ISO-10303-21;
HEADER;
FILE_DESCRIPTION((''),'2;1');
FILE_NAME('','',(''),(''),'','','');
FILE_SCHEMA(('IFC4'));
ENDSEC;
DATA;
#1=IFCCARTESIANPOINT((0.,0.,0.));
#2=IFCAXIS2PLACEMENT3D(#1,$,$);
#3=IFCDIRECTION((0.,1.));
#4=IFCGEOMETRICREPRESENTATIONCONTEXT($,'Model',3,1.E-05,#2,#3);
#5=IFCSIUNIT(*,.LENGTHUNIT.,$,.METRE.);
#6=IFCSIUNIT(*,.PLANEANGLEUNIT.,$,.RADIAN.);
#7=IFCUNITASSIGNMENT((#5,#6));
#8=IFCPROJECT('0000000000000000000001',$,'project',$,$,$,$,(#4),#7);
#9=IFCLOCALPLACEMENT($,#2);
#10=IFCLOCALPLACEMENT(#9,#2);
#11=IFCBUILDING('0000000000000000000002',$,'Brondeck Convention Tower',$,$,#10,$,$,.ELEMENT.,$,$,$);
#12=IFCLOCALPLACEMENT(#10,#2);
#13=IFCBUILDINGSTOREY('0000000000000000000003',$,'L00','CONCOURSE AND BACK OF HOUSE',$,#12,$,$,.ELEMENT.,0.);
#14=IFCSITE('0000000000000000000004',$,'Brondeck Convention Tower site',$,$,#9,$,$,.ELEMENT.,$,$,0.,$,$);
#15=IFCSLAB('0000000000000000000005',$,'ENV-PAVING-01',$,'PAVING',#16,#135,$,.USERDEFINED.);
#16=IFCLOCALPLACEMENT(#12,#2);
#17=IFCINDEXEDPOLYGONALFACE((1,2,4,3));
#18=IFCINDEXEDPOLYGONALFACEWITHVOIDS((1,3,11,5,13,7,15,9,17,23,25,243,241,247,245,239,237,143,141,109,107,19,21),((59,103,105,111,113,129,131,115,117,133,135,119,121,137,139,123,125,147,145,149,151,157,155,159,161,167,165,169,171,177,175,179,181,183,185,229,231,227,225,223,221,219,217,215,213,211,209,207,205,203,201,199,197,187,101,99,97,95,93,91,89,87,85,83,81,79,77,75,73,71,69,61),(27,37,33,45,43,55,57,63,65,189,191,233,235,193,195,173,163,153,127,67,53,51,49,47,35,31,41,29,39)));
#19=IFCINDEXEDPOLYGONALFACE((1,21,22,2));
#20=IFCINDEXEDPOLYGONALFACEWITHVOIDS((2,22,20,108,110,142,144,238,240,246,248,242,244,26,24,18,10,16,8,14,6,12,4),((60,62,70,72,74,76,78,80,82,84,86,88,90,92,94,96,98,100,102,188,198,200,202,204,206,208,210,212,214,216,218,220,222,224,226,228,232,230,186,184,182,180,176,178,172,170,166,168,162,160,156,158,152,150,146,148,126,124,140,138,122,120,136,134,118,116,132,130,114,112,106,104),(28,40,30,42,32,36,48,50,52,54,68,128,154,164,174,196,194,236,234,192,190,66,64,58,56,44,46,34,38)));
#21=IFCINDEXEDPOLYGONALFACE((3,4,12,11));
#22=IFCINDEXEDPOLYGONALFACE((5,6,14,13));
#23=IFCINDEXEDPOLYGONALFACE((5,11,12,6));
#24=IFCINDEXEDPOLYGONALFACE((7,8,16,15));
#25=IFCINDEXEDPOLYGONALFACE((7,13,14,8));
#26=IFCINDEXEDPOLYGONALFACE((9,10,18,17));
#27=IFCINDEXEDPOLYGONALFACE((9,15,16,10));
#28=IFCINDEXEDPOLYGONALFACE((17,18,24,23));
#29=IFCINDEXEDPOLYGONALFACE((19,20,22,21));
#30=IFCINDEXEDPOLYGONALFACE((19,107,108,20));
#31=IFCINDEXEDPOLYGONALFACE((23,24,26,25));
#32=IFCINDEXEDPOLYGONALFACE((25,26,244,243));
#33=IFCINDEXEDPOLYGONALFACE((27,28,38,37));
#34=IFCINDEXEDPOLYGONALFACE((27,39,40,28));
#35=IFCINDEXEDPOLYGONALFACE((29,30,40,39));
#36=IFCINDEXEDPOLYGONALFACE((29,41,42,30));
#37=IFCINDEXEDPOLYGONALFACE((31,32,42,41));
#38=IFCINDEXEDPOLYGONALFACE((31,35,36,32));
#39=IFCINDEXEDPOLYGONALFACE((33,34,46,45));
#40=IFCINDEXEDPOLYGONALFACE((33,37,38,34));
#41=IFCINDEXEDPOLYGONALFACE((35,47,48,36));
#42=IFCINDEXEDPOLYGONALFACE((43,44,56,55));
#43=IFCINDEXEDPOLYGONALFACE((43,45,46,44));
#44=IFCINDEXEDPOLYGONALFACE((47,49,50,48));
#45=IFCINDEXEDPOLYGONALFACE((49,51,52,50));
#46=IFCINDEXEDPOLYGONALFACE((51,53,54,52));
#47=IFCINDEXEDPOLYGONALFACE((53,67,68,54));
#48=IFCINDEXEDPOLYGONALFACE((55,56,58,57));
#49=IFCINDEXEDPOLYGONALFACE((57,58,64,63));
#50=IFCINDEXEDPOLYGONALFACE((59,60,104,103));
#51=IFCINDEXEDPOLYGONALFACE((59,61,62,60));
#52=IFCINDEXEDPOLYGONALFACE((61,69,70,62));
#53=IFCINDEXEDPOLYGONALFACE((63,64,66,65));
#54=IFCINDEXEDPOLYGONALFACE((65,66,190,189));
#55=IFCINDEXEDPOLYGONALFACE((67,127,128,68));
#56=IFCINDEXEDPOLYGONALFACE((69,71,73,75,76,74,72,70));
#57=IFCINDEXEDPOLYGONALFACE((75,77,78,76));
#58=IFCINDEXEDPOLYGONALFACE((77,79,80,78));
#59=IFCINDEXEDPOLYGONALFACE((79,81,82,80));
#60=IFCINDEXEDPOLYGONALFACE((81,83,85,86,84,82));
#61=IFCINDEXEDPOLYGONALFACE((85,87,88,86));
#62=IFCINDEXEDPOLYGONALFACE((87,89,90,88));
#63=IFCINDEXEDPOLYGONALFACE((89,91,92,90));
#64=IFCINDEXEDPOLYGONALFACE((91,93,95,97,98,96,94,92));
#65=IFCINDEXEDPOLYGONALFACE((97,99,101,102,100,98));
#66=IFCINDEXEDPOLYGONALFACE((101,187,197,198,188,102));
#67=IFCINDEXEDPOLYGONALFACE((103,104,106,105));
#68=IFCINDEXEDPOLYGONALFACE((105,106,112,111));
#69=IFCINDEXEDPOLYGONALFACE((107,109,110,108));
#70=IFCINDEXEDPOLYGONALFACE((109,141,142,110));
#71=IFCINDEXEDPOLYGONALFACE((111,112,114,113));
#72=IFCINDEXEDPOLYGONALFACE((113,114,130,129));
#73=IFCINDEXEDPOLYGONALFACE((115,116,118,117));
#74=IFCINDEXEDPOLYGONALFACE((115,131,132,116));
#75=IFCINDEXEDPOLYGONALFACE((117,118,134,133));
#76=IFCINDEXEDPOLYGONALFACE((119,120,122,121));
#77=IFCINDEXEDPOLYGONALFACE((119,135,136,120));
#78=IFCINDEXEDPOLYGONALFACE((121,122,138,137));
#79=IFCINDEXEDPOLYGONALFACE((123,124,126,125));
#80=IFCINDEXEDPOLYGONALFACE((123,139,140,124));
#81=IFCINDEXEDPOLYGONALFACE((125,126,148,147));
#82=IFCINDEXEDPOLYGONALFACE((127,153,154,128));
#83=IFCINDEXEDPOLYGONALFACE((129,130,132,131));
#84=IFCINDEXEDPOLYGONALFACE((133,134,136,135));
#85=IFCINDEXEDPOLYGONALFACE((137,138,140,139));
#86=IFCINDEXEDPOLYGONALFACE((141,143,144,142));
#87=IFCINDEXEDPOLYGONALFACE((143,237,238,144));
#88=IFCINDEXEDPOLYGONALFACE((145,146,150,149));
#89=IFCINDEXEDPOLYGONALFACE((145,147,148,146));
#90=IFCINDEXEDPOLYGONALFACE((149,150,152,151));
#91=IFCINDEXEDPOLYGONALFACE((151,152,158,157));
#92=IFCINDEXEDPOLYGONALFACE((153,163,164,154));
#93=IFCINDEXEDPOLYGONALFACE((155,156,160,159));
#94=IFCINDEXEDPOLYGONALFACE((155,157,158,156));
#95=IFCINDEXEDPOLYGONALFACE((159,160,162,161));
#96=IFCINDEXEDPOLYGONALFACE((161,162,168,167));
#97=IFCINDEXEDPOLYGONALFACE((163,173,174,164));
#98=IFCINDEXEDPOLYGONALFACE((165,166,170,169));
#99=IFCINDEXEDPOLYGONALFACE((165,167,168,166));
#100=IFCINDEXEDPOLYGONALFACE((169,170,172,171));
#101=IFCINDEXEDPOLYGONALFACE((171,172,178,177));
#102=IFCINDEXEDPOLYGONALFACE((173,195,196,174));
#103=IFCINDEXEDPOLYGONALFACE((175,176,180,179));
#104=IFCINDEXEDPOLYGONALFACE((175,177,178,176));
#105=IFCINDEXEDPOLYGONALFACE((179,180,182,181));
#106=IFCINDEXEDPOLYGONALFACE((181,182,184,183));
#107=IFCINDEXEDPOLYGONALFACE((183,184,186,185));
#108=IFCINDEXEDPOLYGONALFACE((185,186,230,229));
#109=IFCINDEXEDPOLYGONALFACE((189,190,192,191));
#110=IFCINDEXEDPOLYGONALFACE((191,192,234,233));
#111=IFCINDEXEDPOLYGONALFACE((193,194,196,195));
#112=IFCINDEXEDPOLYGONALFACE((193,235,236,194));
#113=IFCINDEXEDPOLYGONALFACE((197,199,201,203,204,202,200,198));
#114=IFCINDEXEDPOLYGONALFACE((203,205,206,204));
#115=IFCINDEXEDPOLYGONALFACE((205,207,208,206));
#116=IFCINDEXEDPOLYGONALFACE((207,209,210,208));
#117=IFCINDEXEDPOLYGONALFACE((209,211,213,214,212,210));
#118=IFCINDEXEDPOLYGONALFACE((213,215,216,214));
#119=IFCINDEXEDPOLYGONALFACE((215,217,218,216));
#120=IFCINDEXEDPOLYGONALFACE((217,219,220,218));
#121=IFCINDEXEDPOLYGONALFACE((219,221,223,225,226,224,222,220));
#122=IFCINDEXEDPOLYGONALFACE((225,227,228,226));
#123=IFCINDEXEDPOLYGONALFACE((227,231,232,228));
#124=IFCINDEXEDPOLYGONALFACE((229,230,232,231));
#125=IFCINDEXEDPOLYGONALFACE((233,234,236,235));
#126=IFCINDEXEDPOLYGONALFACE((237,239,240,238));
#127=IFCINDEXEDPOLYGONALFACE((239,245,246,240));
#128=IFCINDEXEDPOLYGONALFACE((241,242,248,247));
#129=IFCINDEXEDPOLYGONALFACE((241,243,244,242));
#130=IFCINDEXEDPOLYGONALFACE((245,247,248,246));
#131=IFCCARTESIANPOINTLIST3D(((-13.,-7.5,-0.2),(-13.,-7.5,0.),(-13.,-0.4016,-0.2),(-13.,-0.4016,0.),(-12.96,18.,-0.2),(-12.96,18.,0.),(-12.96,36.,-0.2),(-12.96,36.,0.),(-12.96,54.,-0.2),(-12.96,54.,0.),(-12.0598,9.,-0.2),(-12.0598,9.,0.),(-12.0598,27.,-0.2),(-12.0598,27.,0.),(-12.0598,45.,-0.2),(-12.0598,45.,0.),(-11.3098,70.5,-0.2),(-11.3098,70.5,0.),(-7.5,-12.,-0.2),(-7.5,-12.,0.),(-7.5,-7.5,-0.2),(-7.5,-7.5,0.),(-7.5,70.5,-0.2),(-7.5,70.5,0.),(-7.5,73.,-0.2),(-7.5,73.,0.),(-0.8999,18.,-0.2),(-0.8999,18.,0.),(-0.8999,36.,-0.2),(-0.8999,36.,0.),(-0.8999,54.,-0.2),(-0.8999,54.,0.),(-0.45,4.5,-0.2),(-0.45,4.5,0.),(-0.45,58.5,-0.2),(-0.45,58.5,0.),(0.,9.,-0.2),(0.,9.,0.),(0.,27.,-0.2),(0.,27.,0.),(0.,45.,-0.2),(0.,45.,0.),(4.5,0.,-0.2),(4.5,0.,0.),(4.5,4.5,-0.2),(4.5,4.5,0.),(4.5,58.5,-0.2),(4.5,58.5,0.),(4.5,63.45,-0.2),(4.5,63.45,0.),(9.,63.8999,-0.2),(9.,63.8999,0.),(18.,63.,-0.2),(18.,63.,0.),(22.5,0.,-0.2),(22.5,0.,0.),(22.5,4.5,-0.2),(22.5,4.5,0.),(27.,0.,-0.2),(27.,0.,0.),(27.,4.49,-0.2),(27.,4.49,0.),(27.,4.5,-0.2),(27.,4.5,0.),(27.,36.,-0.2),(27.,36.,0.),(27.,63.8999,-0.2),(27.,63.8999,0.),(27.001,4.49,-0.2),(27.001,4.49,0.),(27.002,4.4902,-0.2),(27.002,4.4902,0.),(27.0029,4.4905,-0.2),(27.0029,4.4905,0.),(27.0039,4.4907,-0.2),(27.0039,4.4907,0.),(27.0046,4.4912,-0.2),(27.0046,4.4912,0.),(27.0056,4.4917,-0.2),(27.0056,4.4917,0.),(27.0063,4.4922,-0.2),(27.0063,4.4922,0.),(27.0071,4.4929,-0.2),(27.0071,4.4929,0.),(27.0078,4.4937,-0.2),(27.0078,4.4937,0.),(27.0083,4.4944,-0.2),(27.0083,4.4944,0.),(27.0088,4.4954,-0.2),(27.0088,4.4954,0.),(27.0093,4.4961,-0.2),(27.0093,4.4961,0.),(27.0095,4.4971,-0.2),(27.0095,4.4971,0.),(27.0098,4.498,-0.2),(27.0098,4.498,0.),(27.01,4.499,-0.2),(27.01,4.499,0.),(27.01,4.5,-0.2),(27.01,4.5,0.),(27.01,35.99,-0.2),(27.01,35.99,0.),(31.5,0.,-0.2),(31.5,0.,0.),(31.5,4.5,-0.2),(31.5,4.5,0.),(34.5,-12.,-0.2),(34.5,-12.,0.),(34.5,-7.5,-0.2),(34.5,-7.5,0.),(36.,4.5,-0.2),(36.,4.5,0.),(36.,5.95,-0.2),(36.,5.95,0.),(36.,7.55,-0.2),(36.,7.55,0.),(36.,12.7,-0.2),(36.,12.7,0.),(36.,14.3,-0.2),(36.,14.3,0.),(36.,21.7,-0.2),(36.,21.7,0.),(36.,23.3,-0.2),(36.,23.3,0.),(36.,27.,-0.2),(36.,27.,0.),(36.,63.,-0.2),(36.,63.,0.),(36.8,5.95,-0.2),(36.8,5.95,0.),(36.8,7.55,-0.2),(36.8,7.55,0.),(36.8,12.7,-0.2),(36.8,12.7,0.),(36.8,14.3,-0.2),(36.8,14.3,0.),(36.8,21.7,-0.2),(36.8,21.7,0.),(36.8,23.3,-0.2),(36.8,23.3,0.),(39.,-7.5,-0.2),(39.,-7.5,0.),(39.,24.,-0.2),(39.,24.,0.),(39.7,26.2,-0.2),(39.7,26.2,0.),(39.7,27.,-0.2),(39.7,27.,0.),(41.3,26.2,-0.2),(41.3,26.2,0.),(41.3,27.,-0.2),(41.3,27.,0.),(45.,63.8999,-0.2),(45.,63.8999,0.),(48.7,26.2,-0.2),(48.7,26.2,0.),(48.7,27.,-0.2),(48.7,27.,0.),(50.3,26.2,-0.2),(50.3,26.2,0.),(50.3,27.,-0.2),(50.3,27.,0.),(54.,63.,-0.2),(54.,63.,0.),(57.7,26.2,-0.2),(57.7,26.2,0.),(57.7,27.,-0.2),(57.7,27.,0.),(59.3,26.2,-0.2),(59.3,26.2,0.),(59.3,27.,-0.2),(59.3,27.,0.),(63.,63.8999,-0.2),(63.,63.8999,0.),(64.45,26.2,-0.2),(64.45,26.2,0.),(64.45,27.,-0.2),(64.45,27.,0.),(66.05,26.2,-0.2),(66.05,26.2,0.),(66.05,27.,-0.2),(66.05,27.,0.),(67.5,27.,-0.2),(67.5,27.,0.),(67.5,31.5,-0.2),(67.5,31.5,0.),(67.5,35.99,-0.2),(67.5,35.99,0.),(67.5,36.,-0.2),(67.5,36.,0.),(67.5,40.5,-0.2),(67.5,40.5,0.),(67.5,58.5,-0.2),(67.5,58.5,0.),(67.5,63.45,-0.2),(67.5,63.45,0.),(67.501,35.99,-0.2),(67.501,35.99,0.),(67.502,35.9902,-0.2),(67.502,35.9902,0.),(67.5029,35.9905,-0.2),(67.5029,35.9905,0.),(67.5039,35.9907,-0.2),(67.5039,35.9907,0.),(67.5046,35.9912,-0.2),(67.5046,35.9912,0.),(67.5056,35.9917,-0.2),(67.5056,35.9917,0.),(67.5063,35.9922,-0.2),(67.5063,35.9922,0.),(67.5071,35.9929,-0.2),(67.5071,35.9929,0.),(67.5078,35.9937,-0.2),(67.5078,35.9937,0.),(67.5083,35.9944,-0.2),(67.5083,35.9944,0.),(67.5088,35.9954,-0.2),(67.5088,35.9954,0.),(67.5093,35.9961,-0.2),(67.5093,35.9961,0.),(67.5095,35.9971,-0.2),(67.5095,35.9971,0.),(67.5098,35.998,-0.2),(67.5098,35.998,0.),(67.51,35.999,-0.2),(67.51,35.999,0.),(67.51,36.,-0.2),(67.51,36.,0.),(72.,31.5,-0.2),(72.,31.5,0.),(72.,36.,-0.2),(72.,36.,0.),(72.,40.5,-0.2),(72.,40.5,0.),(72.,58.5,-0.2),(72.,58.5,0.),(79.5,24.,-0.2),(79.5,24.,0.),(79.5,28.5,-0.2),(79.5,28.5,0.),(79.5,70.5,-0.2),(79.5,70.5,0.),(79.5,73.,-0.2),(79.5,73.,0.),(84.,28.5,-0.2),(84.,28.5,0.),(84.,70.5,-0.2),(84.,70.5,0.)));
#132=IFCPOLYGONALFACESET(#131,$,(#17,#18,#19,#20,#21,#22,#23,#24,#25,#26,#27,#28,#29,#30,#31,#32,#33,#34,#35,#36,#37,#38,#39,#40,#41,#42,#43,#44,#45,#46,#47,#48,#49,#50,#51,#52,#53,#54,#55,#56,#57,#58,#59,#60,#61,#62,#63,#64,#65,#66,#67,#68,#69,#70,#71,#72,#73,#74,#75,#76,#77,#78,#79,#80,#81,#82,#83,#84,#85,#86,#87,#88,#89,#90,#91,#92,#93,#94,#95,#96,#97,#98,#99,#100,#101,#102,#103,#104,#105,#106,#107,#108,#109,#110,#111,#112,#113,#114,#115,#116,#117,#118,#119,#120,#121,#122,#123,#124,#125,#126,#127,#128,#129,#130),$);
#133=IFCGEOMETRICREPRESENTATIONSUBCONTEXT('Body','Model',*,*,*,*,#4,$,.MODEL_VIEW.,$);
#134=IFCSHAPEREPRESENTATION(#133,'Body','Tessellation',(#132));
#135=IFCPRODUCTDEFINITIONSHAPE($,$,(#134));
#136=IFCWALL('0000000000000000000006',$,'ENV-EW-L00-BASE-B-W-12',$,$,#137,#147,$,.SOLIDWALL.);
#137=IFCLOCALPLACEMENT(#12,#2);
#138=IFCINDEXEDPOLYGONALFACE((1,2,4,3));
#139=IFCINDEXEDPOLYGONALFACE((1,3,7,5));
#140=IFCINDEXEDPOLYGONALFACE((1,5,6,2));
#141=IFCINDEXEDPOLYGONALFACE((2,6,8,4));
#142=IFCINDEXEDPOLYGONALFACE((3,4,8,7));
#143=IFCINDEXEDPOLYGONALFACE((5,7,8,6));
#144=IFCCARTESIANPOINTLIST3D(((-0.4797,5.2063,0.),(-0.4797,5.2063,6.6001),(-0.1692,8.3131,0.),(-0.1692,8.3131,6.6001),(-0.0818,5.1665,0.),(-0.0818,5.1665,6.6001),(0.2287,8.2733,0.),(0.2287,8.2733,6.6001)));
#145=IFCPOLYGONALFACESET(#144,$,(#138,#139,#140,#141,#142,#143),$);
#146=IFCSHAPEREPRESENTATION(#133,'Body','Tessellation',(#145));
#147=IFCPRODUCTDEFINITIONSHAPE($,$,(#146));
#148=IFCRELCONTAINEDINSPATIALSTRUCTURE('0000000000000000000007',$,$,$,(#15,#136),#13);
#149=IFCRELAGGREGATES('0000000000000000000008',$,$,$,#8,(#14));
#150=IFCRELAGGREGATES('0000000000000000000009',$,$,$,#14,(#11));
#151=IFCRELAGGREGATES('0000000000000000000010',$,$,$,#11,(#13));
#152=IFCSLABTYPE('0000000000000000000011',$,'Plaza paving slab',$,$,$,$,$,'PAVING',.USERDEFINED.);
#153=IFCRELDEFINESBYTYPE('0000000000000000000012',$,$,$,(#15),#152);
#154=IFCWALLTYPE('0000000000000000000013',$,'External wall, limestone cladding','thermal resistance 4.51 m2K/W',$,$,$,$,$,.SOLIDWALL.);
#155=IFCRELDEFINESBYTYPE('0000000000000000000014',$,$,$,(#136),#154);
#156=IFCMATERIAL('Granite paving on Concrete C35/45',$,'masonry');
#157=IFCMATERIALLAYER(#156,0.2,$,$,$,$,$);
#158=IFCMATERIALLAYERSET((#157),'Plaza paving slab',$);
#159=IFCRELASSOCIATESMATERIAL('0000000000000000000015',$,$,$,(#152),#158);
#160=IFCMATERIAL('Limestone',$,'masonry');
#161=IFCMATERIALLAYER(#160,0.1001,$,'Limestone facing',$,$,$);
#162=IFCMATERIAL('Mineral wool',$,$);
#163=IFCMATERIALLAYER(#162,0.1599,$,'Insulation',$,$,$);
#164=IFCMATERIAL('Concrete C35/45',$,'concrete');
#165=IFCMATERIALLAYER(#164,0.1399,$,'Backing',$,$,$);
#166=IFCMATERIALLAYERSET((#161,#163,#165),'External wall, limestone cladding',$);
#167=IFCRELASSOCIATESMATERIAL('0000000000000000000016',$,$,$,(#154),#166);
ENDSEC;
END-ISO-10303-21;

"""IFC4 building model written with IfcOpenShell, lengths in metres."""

from ifc_helpers import new_model, si_unit, direction, frame, frame_2d, origin, place, context, subcontext, project, spatial, polyline, rectangle, outline, extrude, material, layer, layer_set, type_object, element, save


model = new_model("IFC4")

# Units and contexts
model_context = context("Model", 3, precision=1e-05, world=origin(), true_north=direction((0.0, 1.0)))
body_context = subcontext(model_context, "Body", "Model", "MODEL_VIEW")
ifc_project = project(units=[si_unit("LENGTHUNIT", "METRE"), si_unit("PLANEANGLEUNIT", "RADIAN")], contexts=[model_context])

# Site, building, storey
site_placement = place(None, origin())
site = spatial("IfcSite", under=ifc_project, at=site_placement, Name="Brondeck Convention Tower site", CompositionType="ELEMENT", RefElevation=0.0)
building_placement = place(site_placement, origin())
building = spatial("IfcBuilding", under=site, at=building_placement, Name="Brondeck Convention Tower", CompositionType="ELEMENT")
storey_placement = place(building_placement, origin())
storey = spatial("IfcBuildingStorey", under=building, at=storey_placement, Name="L00", Description="CONCOURSE AND BACK OF HOUSE", CompositionType="ELEMENT", Elevation=0.0)

# Slab
ifc_material_1 = material(Name="Granite paving on Concrete C35/45", Category="masonry")
ifc_layer_1 = layer(ifc_material_1, 0.2)
ifc_layer_set_1 = layer_set([ifc_layer_1], Name="Plaza paving slab")
slab_type_1 = type_object("IfcSlabType", Name="Plaza paving slab", ElementType="PAVING", PredefinedType="USERDEFINED", material=ifc_layer_set_1)
slab_1_placement = place(storey_placement, frame((0.0, 0.0, -0.2)))
element("IfcSlab", 1, at=slab_1_placement, inside=storey, type_object=slab_type_1, Name="ENV-PAVING-01", ObjectType="PAVING", PredefinedType="USERDEFINED", context=body_context, shape_type="SweptSolid", body=[
    extrude(outline(polyline([(-12.0598, 9.0), (-13.0, -0.4016), (-13.0, -7.5), (-7.5, -7.5), (-7.5, -12.0), (34.5, -12.0), (34.5, -7.5), (39.0, -7.5), (39.0, 24.0), (79.5, 24.0), (79.5, 28.5), (84.0, 28.5), (84.0, 70.5), (79.5, 70.5), (79.5, 73.0), (-7.5, 73.0), (-7.5, 70.5), (-11.3098, 70.5), (-12.96, 54.0), (-12.0598, 45.0), (-12.96, 36.0), (-12.0598, 27.0), (-12.96, 18.0), (-12.0598, 9.0)]), holes=[polyline([(27.0, 36.0), (27.0, 4.5), (22.5, 4.5), (22.5, 0.0), (4.5, 0.0), (4.5, 4.5), (-0.45, 4.5), (0.0, 9.0), (-0.8999, 18.0), (0.0, 27.0), (-0.8999, 36.0), (0.0, 45.0), (-0.8999, 54.0), (-0.45, 58.5), (4.5, 58.5), (4.5, 63.45), (9.0, 63.8999), (18.0, 63.0), (27.0, 63.8999), (36.0, 63.0), (45.0, 63.8999), (54.0, 63.0), (63.0, 63.8999), (67.5, 63.45), (67.5, 58.5), (72.0, 58.5), (72.0, 40.5), (67.5, 40.5), (67.5, 36.0), (27.0, 36.0)]), polyline([(36.8, 5.95), (36.0, 5.95), (36.0, 4.5), (31.5, 4.5), (31.5, 0.0), (27.0, 0.0), (27.0, 4.49), (27.001, 4.49), (27.002, 4.4902), (27.0029, 4.4905), (27.0039, 4.4907), (27.0046, 4.4912), (27.0056, 4.4917), (27.0063, 4.4922), (27.0071, 4.4929), (27.0078, 4.4937), (27.0083, 4.4944), (27.0088, 4.4954), (27.0093, 4.4961), (27.0095, 4.4971), (27.0098, 4.498), (27.01, 4.499), (27.01, 4.5), (27.01, 35.99), (67.5, 35.99), (67.501, 35.99), (67.502, 35.9902), (67.5029, 35.9905), (67.5039, 35.9907), (67.5046, 35.9912), (67.5056, 35.9917), (67.5063, 35.9922), (67.5071, 35.9929), (67.5078, 35.9937), (67.5083, 35.9944), (67.5088, 35.9954), (67.5093, 35.9961), (67.5095, 35.9971), (67.5098, 35.998), (67.51, 35.999), (67.51, 36.0), (72.0, 36.0), (72.0, 31.5), (67.5, 31.5), (67.5, 27.0), (66.05, 27.0), (66.05, 26.2), (64.45, 26.2), (64.45, 27.0), (59.3, 27.0), (59.3, 26.2), (57.7, 26.2), (57.7, 27.0), (50.3, 27.0), (50.3, 26.2), (48.7, 26.2), (48.7, 27.0), (41.3, 27.0), (41.3, 26.2), (39.7, 26.2), (39.7, 27.0), (36.0, 27.0), (36.0, 23.3), (36.8, 23.3), (36.8, 21.7), (36.0, 21.7), (36.0, 14.3), (36.8, 14.3), (36.8, 12.7), (36.0, 12.7), (36.0, 7.55), (36.8, 7.55), (36.8, 5.95)])]), origin(), (0.0, 0.0, 1.0), 0.2),
])

# Wall
ifc_material_2 = material(Name="Limestone", Category="masonry")
ifc_layer_2 = layer(ifc_material_2, 0.1001, Name="Limestone facing")
ifc_material_3 = material(Name="Mineral wool")
ifc_layer_3 = layer(ifc_material_3, 0.1599, Name="Insulation")
ifc_material_4 = material(Name="Concrete C35/45", Category="concrete")
ifc_layer_4 = layer(ifc_material_4, 0.1399, Name="Backing")
ifc_layer_set_2 = layer_set([ifc_layer_2, ifc_layer_3, ifc_layer_4], Name="External wall, limestone cladding")
wall_type = type_object("IfcWallType", Name="External wall, limestone cladding", Description="thermal resistance 4.51 m2K/W", PredefinedType="SOLIDWALL", material=ifc_layer_set_2)
wall_placement = place(storey_placement, frame((-0.2808, 5.1865, 0.0), z_axis=(0.0, 0.0, 1.0), x_axis=(0.099457, 0.995042, 0.0)))
element("IfcWall", 2, at=wall_placement, inside=storey, type_object=wall_type, Name="ENV-EW-L00-BASE-B-W-12", PredefinedType="SOLIDWALL", context=body_context, shape_type="SweptSolid", body=[
    extrude(rectangle(XDim=3.1223, YDim=0.3999, at=frame_2d((1.561, 0.0))), origin(), (0.0, 0.0, 1.0), 6.6001),
])

save(model, "model.ifc")
